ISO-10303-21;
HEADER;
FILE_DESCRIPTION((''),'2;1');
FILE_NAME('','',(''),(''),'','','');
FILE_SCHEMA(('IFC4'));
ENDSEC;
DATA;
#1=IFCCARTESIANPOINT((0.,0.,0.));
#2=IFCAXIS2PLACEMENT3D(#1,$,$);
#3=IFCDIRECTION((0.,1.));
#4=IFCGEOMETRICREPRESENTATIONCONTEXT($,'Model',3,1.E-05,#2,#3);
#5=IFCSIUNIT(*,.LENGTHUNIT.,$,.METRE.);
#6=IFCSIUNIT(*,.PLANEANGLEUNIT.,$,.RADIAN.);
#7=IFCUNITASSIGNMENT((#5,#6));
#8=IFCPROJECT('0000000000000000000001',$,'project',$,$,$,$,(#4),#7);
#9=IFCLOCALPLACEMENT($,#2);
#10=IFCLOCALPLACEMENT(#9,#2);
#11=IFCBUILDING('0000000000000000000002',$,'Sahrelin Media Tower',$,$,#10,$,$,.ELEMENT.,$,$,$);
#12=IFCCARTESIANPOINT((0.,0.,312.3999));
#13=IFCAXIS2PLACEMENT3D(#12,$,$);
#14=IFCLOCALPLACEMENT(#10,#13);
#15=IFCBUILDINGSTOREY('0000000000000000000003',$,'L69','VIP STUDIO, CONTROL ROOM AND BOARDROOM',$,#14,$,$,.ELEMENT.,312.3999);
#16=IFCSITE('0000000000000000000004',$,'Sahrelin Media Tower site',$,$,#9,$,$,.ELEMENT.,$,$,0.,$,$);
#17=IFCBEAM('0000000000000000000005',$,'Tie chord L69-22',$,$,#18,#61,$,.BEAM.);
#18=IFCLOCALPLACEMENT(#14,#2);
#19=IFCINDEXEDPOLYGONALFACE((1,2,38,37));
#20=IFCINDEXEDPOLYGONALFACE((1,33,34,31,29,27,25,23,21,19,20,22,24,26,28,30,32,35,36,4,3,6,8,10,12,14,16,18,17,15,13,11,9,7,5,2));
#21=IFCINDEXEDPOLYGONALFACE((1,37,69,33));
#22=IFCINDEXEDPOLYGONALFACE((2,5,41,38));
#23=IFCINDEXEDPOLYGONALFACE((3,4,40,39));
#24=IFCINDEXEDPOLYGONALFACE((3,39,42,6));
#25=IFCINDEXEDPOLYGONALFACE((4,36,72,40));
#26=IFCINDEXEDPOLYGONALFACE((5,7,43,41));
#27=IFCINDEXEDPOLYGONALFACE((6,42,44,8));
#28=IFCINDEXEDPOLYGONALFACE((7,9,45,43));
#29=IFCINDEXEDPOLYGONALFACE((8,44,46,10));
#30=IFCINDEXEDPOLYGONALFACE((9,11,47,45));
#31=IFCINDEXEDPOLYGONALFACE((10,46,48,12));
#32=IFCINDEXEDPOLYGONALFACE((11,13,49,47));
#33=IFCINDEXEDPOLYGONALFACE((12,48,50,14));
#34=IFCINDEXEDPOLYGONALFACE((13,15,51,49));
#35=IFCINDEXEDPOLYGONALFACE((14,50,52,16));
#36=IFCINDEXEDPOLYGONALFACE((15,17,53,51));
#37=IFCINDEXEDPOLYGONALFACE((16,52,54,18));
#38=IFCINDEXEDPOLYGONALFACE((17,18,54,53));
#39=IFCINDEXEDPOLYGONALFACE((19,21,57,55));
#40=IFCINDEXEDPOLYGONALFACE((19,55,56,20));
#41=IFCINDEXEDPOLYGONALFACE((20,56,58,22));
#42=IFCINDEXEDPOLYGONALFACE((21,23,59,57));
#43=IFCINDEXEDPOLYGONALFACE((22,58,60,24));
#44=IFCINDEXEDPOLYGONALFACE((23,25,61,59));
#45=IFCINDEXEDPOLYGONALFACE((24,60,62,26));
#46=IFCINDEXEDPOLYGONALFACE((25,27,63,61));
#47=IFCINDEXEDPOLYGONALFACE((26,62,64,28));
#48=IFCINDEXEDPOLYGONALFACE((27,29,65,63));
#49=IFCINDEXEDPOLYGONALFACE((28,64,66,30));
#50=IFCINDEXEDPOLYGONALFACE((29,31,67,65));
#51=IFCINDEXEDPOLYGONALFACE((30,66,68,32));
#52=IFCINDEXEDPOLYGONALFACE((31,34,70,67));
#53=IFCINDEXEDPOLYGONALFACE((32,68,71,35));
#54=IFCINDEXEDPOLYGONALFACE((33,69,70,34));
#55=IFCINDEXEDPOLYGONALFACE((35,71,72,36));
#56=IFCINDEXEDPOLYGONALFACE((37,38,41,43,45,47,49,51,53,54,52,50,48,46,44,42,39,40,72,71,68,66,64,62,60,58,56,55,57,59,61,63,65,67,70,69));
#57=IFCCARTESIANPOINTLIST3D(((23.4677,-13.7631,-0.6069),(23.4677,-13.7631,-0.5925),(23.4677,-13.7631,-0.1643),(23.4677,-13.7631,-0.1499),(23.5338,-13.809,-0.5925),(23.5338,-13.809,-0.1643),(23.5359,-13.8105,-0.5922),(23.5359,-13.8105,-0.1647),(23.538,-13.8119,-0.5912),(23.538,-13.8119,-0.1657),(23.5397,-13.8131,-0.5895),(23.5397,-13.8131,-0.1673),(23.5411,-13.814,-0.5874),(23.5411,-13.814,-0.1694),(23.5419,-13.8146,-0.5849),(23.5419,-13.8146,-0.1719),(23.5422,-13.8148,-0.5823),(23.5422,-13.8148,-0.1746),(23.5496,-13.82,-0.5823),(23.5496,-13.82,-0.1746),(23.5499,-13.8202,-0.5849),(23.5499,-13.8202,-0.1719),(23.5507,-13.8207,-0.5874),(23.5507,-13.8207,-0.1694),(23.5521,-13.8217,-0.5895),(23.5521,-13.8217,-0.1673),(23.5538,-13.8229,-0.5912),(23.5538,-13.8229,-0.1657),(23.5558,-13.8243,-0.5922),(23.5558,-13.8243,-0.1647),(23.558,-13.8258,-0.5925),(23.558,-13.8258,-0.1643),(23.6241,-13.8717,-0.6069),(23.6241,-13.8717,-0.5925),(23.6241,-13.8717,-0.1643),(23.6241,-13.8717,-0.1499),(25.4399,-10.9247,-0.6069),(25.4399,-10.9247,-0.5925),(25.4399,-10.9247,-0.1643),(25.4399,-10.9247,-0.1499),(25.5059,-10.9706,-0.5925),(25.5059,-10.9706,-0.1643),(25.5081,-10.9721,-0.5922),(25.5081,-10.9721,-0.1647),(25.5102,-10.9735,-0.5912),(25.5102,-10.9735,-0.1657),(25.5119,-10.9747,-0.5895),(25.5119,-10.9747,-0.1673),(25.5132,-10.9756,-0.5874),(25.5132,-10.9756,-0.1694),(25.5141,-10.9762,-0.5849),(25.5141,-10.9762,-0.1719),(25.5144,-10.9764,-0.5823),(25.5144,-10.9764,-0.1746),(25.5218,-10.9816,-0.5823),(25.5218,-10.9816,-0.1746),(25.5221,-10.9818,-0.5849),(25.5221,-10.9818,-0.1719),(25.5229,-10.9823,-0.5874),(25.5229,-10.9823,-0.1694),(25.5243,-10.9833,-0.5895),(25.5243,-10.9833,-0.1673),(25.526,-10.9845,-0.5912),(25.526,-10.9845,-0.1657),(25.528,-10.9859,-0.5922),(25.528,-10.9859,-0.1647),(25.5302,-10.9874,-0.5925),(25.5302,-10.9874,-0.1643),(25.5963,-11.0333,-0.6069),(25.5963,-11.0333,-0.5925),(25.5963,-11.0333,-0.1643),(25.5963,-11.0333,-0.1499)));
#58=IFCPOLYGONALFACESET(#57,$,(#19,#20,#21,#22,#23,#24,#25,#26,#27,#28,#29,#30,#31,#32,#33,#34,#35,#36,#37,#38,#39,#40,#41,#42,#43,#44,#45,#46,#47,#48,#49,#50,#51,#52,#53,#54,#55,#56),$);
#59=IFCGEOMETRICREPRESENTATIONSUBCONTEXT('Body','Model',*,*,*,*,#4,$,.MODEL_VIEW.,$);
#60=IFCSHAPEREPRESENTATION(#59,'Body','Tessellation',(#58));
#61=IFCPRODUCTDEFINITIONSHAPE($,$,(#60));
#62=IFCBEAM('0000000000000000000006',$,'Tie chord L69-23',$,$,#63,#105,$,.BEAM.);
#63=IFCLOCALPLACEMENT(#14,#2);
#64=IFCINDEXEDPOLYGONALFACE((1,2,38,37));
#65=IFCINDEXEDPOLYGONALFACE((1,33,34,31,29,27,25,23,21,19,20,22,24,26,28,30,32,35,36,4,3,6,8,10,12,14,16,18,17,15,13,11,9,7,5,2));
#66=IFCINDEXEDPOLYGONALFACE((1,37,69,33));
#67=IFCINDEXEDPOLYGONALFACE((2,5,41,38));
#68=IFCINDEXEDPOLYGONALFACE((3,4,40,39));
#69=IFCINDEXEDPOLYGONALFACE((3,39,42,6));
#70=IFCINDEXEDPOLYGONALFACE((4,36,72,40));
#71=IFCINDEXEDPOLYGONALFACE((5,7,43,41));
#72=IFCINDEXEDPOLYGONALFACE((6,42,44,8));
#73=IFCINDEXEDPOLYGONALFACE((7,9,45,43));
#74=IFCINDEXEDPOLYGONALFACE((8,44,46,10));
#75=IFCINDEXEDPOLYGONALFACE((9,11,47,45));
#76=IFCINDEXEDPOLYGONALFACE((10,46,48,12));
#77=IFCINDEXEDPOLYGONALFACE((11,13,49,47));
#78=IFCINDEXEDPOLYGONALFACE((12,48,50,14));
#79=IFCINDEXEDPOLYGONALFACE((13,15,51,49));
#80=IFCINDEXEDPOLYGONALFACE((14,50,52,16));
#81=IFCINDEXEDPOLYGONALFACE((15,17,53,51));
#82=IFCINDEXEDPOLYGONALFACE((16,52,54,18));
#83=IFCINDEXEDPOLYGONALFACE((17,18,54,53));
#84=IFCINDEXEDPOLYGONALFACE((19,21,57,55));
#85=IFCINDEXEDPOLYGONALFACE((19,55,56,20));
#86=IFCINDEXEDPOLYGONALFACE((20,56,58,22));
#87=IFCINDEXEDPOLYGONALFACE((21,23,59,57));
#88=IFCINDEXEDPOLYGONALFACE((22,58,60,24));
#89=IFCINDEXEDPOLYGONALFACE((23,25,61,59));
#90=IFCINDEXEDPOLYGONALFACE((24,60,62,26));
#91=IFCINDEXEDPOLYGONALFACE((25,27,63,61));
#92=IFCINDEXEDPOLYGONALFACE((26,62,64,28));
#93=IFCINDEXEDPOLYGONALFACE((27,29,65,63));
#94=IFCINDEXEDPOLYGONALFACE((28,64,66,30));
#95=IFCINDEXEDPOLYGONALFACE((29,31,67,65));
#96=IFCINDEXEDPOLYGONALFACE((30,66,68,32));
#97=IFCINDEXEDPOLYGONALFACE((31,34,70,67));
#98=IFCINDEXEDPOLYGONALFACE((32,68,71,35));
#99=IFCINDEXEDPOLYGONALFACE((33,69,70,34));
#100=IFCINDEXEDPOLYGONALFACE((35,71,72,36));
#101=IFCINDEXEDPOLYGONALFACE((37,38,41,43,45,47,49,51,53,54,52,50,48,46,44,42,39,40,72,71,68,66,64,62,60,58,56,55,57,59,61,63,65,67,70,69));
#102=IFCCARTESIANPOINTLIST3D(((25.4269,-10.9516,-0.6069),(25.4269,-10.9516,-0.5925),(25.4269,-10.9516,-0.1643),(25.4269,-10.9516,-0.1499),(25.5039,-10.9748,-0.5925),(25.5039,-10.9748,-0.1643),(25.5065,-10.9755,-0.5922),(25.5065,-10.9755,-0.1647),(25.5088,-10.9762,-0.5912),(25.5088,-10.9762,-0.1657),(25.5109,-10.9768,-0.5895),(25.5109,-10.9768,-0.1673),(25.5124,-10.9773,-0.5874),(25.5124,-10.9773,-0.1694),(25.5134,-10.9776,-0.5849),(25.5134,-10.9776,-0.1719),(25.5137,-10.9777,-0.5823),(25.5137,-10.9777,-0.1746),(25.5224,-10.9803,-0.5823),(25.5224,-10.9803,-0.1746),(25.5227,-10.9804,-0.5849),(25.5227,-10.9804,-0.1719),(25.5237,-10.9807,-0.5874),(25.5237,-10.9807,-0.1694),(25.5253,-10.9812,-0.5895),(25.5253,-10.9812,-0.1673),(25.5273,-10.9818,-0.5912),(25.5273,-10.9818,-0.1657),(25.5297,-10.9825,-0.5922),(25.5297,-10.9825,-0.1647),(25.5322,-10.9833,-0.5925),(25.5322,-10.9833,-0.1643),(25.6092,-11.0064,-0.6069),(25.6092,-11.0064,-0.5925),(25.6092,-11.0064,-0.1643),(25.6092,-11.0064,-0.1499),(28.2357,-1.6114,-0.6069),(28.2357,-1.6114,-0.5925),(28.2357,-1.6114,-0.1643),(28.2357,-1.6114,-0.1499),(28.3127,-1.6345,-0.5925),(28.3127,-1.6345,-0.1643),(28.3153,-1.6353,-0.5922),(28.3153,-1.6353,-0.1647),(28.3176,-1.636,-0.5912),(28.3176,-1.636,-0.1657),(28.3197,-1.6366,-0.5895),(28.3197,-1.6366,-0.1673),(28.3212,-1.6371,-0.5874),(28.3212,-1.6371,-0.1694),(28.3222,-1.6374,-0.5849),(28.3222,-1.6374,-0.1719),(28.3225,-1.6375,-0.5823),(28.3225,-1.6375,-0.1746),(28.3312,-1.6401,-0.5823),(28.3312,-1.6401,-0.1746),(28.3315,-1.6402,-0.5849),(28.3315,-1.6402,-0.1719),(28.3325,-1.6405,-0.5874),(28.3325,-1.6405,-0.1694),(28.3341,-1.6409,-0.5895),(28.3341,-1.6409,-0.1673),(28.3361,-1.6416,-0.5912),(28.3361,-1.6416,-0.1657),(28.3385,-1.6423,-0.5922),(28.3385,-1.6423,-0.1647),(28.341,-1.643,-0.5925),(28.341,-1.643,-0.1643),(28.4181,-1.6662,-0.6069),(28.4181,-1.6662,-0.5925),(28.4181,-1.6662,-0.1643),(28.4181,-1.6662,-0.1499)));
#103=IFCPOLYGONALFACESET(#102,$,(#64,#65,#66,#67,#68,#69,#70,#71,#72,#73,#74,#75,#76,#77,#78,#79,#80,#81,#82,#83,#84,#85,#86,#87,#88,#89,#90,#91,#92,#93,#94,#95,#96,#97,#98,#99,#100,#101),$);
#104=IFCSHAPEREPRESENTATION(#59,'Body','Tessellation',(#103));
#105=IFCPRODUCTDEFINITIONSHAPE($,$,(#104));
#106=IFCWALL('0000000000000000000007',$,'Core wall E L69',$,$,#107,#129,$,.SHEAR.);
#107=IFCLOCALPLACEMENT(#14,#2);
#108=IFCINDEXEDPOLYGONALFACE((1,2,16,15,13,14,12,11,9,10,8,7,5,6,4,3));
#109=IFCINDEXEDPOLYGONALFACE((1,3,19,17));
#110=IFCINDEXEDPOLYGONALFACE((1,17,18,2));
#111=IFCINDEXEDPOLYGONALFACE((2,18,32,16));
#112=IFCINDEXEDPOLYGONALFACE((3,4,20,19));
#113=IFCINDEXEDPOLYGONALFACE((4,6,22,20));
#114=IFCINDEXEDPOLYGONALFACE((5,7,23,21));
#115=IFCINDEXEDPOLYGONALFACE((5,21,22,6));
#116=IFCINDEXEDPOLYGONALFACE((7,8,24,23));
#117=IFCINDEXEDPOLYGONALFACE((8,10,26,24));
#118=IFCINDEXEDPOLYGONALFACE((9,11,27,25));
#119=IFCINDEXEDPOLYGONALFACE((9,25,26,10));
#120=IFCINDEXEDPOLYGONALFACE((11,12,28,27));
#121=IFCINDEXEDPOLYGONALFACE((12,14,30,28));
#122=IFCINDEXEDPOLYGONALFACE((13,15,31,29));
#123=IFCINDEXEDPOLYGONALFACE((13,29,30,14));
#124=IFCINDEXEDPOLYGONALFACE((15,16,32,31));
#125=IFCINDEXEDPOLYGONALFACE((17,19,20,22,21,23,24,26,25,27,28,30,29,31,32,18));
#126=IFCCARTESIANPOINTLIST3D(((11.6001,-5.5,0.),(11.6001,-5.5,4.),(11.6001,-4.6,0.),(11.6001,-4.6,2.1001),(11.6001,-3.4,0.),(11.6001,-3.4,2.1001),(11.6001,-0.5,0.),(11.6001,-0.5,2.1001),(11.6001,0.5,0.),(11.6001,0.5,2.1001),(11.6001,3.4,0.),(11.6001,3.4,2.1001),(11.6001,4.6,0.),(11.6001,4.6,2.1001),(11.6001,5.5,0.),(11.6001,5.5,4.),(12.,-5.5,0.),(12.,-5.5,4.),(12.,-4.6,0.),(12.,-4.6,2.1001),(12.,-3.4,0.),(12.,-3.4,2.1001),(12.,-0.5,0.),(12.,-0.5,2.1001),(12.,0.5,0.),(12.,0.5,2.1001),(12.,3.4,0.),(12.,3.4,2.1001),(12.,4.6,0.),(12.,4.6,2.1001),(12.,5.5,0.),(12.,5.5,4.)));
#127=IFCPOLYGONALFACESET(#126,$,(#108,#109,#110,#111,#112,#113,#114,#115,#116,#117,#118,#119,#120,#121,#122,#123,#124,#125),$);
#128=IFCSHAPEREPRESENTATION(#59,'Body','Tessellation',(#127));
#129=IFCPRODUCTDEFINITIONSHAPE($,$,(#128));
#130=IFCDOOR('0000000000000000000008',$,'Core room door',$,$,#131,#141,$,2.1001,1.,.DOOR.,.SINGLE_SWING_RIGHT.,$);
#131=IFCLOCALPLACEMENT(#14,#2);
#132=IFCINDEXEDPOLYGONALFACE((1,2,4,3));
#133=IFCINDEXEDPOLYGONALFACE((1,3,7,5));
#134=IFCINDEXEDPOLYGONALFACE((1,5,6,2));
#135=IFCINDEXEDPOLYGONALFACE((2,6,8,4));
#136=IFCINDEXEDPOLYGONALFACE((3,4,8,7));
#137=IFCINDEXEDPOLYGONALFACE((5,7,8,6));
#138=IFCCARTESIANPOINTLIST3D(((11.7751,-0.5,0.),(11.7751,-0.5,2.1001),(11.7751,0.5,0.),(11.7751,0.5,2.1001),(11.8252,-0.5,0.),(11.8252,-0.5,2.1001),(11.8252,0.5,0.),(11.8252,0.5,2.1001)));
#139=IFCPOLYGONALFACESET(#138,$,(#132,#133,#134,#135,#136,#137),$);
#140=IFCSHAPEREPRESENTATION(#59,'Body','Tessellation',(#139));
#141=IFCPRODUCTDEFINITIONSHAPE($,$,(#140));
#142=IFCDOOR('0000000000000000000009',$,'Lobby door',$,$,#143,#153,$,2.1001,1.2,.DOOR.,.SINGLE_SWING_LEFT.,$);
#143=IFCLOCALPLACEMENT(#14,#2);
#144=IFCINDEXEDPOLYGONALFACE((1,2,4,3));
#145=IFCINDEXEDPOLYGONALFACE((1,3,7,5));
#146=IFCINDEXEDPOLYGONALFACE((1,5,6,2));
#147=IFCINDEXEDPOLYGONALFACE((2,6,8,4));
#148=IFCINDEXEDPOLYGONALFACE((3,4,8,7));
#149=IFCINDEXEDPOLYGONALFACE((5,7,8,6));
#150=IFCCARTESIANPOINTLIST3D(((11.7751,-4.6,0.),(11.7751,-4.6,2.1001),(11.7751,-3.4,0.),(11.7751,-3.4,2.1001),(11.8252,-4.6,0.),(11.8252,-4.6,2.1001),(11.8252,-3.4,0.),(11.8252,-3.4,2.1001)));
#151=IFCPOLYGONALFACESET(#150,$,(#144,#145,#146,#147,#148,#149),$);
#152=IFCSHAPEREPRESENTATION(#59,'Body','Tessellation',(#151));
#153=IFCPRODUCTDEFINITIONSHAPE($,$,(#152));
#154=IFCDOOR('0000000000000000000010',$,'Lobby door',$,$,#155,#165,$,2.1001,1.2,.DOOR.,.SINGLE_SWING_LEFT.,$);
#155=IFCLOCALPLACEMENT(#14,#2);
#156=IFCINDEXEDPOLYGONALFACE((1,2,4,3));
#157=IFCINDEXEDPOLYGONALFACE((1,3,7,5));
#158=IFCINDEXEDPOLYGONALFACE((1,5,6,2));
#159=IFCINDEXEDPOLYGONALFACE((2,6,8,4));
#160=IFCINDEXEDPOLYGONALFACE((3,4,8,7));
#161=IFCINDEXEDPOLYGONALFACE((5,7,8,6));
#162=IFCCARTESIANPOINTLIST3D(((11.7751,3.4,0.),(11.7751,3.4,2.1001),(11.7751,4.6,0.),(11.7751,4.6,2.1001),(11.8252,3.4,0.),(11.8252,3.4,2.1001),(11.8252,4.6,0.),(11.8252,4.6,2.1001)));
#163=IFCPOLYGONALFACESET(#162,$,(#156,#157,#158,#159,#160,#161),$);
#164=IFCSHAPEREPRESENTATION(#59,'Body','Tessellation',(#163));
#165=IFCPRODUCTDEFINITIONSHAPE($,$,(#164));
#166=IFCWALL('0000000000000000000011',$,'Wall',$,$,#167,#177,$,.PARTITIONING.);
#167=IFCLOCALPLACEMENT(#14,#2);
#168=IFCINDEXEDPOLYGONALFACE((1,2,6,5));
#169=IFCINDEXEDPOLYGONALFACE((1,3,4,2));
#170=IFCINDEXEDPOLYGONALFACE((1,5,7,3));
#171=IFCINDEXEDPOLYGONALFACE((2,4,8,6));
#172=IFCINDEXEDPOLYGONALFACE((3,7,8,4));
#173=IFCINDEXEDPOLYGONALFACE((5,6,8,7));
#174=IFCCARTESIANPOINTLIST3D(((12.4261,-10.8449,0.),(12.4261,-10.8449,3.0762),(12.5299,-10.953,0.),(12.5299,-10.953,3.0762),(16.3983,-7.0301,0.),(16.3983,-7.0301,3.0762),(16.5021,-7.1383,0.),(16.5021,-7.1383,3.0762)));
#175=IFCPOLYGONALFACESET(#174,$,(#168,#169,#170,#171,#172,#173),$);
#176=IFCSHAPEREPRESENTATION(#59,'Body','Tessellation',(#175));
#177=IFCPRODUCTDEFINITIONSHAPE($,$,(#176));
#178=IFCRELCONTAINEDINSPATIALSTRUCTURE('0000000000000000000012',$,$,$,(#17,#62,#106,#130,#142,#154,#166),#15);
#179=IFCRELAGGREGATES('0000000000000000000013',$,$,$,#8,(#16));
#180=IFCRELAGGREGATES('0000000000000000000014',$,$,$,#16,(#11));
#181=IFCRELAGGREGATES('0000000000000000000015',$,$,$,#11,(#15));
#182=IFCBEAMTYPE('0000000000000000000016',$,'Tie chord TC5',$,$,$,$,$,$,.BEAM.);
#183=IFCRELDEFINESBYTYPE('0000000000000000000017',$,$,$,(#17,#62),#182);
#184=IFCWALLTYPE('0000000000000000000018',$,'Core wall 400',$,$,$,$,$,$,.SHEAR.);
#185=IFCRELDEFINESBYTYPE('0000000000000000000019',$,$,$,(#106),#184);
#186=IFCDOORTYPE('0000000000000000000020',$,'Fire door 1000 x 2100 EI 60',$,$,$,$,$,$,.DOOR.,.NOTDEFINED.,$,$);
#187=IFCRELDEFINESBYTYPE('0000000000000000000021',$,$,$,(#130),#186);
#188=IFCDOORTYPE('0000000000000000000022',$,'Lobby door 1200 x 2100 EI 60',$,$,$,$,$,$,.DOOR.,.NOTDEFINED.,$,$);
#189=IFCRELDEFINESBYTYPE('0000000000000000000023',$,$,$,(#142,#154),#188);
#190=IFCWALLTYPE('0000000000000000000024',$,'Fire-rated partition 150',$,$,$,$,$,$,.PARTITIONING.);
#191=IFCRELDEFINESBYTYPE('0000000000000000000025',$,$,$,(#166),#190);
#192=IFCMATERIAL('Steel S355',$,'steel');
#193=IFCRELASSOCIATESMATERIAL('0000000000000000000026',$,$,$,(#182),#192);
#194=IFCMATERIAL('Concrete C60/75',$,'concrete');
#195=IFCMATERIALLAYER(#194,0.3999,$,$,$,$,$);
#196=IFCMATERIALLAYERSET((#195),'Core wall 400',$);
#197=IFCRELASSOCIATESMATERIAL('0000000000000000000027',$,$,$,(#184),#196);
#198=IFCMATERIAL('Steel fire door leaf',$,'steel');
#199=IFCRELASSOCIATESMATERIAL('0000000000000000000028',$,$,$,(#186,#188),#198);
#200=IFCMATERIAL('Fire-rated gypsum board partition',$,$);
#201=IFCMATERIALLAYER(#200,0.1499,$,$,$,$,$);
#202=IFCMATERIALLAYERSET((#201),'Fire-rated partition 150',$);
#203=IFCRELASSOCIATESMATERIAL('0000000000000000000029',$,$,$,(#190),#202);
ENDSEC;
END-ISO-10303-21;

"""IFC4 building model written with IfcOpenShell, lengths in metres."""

from ifc_helpers import new_model, si_unit, direction, frame, frame_2d, origin, origin_2d, place, context, subcontext, project, spatial, rectangle, i_section, extrude, material, layer, layer_set, material_profile, profile_set, type_object, element, fill, save


model = new_model("IFC4")

# Units and contexts
model_context = context("Model", 3, precision=1e-05, world=origin(), true_north=direction((0.0, 1.0)))
body_context = subcontext(model_context, "Body", "Model", "MODEL_VIEW")
ifc_project = project(units=[si_unit("LENGTHUNIT", "METRE"), si_unit("PLANEANGLEUNIT", "RADIAN")], contexts=[model_context])

# Site, building, storey
site_placement = place(None, origin())
site = spatial("IfcSite", under=ifc_project, at=site_placement, Name="Sahrelin Media Tower site", CompositionType="ELEMENT", RefElevation=0.0)
building_placement = place(site_placement, origin())
building = spatial("IfcBuilding", under=site, at=building_placement, Name="Sahrelin Media Tower", CompositionType="ELEMENT")
storey_placement = place(building_placement, frame((0.0, 0.0, 312.3999)))
storey = spatial("IfcBuildingStorey", under=building, at=storey_placement, Name="L69", Description="VIP STUDIO, CONTROL ROOM AND BOARDROOM", CompositionType="ELEMENT", Elevation=312.3999)

# Beams
ifc_material_1 = material(Name="Steel S355", Category="steel")
ifc_material_profile_1 = material_profile(ifc_material_1, i_section(OverallWidth=0.1904, OverallDepth=0.457, WebThickness=0.009, FlangeThickness=0.0144, FilletRadius=0.0103, at=origin_2d()), Name="UB 457x191x74")
ifc_profile_set_1 = profile_set([ifc_material_profile_1], Name="Steel S355")
beam_type_1 = type_object("IfcBeamType", Name="Tie chord TC5", PredefinedType="BEAM", material=ifc_profile_set_1)
beam_1_placement = place(storey_placement, frame((23.5459, -13.8174, -0.3784), z_axis=(0.570605, 0.821225, 0.0), x_axis=(-0.821225, 0.570605, 0.0)))
element("IfcBeam", 1, at=beam_1_placement, inside=storey, type_object=beam_type_1, Name="Tie chord L69-22", PredefinedType="BEAM", context=body_context, shape_type="SweptSolid", body=[
    extrude(i_section(OverallWidth=0.1904, OverallDepth=0.457, WebThickness=0.009, FlangeThickness=0.0144, FilletRadius=0.0103, at=origin_2d()), origin(), (0.0, 0.0, 1.0), 3.4563),
])
beam_2_placement = place(storey_placement, frame((25.5181, -10.979, -0.3784), z_axis=(0.287982, 0.957636, 0.0), x_axis=(-0.957636, 0.287982, 0.0)))
element("IfcBeam", 2, at=beam_2_placement, inside=storey, type_object=beam_type_1, Name="Tie chord L69-23", PredefinedType="BEAM", context=body_context, shape_type="SweptSolid", body=[
    extrude(i_section(OverallWidth=0.1904, OverallDepth=0.457, WebThickness=0.009, FlangeThickness=0.0144, FilletRadius=0.0103, at=origin_2d()), origin(), (0.0, 0.0, 1.0), 9.7534),
])

# Wall, openings, doors
ifc_material_2 = material(Name="Concrete C60/75", Category="concrete")
ifc_layer_1 = layer(ifc_material_2, 0.3999)
ifc_layer_set_1 = layer_set([ifc_layer_1], Name="Core wall 400")
wall_type_1 = type_object("IfcWallType", Name="Core wall 400", PredefinedType="SHEAR", material=ifc_layer_set_1)
wall_1_placement = place(storey_placement, frame((11.8, -5.5, 0.0), z_axis=(0.0, 0.0, 1.0), x_axis=(0.0, 1.0, 0.0)))
wall_1 = element("IfcWall", 3, at=wall_1_placement, inside=storey, type_object=wall_type_1, Name="Core wall E L69", PredefinedType="SHEAR", context=body_context, shape_type="SweptSolid", body=[
    extrude(rectangle(XDim=11.0, YDim=0.3999, at=frame_2d((5.5, 0.0))), origin(), (0.0, 0.0, 1.0), 4.0),
])
opening_1_placement = place(wall_1_placement, frame((5.0, 0.0, 0.0)))
opening_1 = element("IfcOpeningElement", 4, at=opening_1_placement, cuts=wall_1, PredefinedType="OPENING", context=body_context, shape_type="SweptSolid", body=[
    extrude(rectangle(XDim=1.0, YDim=2.1001, at=frame_2d((0.5, 1.05))), frame((0.0, 0.2, 0.0), z_axis=(0.0, -1.0, 0.0), x_axis=(1.0, 0.0, 0.0)), (0.0, 0.0, 1.0), 0.3999),
])
opening_2_placement = place(wall_1_placement, frame((0.8999, 0.0, 0.0)))
opening_2 = element("IfcOpeningElement", 5, at=opening_2_placement, cuts=wall_1, PredefinedType="OPENING", context=body_context, shape_type="SweptSolid", body=[
    extrude(rectangle(XDim=1.2, YDim=2.1001, at=frame_2d((0.6001, 1.05))), frame((0.0, 0.2, 0.0), z_axis=(0.0, -1.0, 0.0), x_axis=(1.0, 0.0, 0.0)), (0.0, 0.0, 1.0), 0.3999),
])
opening_3_placement = place(wall_1_placement, frame((8.8999, 0.0, 0.0)))
opening_3 = element("IfcOpeningElement", 6, at=opening_3_placement, cuts=wall_1, PredefinedType="OPENING", context=body_context, shape_type="SweptSolid", body=[
    extrude(rectangle(XDim=1.2, YDim=2.1001, at=frame_2d((0.6001, 1.05))), frame((0.0, 0.2, 0.0), z_axis=(0.0, -1.0, 0.0), x_axis=(1.0, 0.0, 0.0)), (0.0, 0.0, 1.0), 0.3999),
])
ifc_material_3 = material(Name="Steel fire door leaf", Category="steel")
door_type_1 = type_object("IfcDoorType", Name="Fire door 1000 x 2100 EI 60", OperationType="NOTDEFINED", PredefinedType="DOOR", material=ifc_material_3)
door_1_placement = place(opening_1_placement, origin())
door_1 = element("IfcDoor", 7, at=door_1_placement, inside=storey, type_object=door_type_1, Name="Core room door", OperationType="SINGLE_SWING_RIGHT", OverallHeight=2.1001, OverallWidth=1.0, PredefinedType="DOOR", context=body_context, shape_type="SweptSolid", body=[
    extrude(rectangle(XDim=1.0, YDim=2.1001, at=frame_2d((0.5, 1.05))), frame((0.0, 0.0249, 0.0), z_axis=(0.0, -1.0, 0.0), x_axis=(1.0, 0.0, 0.0)), (0.0, 0.0, 1.0), 0.05),
])
fill(opening_1, door_1)
door_type_2 = type_object("IfcDoorType", Name="Lobby door 1200 x 2100 EI 60", OperationType="NOTDEFINED", PredefinedType="DOOR", material=ifc_material_3)
door_2_placement = place(opening_2_placement, origin())
door_2 = element("IfcDoor", 8, at=door_2_placement, inside=storey, type_object=door_type_2, Name="Lobby door", OperationType="SINGLE_SWING_LEFT", OverallHeight=2.1001, OverallWidth=1.2, PredefinedType="DOOR", context=body_context, shape_type="SweptSolid", body=[
    extrude(rectangle(XDim=1.2, YDim=2.1001, at=frame_2d((0.6001, 1.05))), frame((0.0, 0.0249, 0.0), z_axis=(0.0, -1.0, 0.0), x_axis=(1.0, 0.0, 0.0)), (0.0, 0.0, 1.0), 0.05),
])
fill(opening_2, door_2)
door_3_placement = place(opening_3_placement, origin())
door_3 = element("IfcDoor", 9, at=door_3_placement, inside=storey, type_object=door_type_2, Name="Lobby door", OperationType="SINGLE_SWING_LEFT", OverallHeight=2.1001, OverallWidth=1.2, PredefinedType="DOOR", context=body_context, shape_type="SweptSolid", body=[
    extrude(rectangle(XDim=1.2, YDim=2.1001, at=frame_2d((0.6001, 1.05))), frame((0.0, 0.0249, 0.0), z_axis=(0.0, -1.0, 0.0), x_axis=(1.0, 0.0, 0.0)), (0.0, 0.0, 1.0), 0.05),
])
fill(opening_3, door_3)

# Wall
ifc_material_4 = material(Name="Fire-rated gypsum board partition")
ifc_layer_2 = layer(ifc_material_4, 0.1499)
ifc_layer_set_2 = layer_set([ifc_layer_2], Name="Fire-rated partition 150")
wall_type_2 = type_object("IfcWallType", Name="Fire-rated partition 150", PredefinedType="PARTITIONING", material=ifc_layer_set_2)
wall_2_placement = place(storey_placement, frame((12.478, -10.8989, 0.0), z_axis=(0.0, 0.0, 1.0), x_axis=(0.721259, 0.692666, 0.0)))
element("IfcWall", 10, at=wall_2_placement, inside=storey, type_object=wall_type_2, Name="Wall", PredefinedType="PARTITIONING", context=body_context, shape_type="SweptSolid", body=[
    extrude(rectangle(XDim=5.5073, YDim=0.1499, at=frame_2d((2.7537, 0.0))), origin(), (0.0, 0.0, 1.0), 3.0762),
])

save(model, "model.ifc")
